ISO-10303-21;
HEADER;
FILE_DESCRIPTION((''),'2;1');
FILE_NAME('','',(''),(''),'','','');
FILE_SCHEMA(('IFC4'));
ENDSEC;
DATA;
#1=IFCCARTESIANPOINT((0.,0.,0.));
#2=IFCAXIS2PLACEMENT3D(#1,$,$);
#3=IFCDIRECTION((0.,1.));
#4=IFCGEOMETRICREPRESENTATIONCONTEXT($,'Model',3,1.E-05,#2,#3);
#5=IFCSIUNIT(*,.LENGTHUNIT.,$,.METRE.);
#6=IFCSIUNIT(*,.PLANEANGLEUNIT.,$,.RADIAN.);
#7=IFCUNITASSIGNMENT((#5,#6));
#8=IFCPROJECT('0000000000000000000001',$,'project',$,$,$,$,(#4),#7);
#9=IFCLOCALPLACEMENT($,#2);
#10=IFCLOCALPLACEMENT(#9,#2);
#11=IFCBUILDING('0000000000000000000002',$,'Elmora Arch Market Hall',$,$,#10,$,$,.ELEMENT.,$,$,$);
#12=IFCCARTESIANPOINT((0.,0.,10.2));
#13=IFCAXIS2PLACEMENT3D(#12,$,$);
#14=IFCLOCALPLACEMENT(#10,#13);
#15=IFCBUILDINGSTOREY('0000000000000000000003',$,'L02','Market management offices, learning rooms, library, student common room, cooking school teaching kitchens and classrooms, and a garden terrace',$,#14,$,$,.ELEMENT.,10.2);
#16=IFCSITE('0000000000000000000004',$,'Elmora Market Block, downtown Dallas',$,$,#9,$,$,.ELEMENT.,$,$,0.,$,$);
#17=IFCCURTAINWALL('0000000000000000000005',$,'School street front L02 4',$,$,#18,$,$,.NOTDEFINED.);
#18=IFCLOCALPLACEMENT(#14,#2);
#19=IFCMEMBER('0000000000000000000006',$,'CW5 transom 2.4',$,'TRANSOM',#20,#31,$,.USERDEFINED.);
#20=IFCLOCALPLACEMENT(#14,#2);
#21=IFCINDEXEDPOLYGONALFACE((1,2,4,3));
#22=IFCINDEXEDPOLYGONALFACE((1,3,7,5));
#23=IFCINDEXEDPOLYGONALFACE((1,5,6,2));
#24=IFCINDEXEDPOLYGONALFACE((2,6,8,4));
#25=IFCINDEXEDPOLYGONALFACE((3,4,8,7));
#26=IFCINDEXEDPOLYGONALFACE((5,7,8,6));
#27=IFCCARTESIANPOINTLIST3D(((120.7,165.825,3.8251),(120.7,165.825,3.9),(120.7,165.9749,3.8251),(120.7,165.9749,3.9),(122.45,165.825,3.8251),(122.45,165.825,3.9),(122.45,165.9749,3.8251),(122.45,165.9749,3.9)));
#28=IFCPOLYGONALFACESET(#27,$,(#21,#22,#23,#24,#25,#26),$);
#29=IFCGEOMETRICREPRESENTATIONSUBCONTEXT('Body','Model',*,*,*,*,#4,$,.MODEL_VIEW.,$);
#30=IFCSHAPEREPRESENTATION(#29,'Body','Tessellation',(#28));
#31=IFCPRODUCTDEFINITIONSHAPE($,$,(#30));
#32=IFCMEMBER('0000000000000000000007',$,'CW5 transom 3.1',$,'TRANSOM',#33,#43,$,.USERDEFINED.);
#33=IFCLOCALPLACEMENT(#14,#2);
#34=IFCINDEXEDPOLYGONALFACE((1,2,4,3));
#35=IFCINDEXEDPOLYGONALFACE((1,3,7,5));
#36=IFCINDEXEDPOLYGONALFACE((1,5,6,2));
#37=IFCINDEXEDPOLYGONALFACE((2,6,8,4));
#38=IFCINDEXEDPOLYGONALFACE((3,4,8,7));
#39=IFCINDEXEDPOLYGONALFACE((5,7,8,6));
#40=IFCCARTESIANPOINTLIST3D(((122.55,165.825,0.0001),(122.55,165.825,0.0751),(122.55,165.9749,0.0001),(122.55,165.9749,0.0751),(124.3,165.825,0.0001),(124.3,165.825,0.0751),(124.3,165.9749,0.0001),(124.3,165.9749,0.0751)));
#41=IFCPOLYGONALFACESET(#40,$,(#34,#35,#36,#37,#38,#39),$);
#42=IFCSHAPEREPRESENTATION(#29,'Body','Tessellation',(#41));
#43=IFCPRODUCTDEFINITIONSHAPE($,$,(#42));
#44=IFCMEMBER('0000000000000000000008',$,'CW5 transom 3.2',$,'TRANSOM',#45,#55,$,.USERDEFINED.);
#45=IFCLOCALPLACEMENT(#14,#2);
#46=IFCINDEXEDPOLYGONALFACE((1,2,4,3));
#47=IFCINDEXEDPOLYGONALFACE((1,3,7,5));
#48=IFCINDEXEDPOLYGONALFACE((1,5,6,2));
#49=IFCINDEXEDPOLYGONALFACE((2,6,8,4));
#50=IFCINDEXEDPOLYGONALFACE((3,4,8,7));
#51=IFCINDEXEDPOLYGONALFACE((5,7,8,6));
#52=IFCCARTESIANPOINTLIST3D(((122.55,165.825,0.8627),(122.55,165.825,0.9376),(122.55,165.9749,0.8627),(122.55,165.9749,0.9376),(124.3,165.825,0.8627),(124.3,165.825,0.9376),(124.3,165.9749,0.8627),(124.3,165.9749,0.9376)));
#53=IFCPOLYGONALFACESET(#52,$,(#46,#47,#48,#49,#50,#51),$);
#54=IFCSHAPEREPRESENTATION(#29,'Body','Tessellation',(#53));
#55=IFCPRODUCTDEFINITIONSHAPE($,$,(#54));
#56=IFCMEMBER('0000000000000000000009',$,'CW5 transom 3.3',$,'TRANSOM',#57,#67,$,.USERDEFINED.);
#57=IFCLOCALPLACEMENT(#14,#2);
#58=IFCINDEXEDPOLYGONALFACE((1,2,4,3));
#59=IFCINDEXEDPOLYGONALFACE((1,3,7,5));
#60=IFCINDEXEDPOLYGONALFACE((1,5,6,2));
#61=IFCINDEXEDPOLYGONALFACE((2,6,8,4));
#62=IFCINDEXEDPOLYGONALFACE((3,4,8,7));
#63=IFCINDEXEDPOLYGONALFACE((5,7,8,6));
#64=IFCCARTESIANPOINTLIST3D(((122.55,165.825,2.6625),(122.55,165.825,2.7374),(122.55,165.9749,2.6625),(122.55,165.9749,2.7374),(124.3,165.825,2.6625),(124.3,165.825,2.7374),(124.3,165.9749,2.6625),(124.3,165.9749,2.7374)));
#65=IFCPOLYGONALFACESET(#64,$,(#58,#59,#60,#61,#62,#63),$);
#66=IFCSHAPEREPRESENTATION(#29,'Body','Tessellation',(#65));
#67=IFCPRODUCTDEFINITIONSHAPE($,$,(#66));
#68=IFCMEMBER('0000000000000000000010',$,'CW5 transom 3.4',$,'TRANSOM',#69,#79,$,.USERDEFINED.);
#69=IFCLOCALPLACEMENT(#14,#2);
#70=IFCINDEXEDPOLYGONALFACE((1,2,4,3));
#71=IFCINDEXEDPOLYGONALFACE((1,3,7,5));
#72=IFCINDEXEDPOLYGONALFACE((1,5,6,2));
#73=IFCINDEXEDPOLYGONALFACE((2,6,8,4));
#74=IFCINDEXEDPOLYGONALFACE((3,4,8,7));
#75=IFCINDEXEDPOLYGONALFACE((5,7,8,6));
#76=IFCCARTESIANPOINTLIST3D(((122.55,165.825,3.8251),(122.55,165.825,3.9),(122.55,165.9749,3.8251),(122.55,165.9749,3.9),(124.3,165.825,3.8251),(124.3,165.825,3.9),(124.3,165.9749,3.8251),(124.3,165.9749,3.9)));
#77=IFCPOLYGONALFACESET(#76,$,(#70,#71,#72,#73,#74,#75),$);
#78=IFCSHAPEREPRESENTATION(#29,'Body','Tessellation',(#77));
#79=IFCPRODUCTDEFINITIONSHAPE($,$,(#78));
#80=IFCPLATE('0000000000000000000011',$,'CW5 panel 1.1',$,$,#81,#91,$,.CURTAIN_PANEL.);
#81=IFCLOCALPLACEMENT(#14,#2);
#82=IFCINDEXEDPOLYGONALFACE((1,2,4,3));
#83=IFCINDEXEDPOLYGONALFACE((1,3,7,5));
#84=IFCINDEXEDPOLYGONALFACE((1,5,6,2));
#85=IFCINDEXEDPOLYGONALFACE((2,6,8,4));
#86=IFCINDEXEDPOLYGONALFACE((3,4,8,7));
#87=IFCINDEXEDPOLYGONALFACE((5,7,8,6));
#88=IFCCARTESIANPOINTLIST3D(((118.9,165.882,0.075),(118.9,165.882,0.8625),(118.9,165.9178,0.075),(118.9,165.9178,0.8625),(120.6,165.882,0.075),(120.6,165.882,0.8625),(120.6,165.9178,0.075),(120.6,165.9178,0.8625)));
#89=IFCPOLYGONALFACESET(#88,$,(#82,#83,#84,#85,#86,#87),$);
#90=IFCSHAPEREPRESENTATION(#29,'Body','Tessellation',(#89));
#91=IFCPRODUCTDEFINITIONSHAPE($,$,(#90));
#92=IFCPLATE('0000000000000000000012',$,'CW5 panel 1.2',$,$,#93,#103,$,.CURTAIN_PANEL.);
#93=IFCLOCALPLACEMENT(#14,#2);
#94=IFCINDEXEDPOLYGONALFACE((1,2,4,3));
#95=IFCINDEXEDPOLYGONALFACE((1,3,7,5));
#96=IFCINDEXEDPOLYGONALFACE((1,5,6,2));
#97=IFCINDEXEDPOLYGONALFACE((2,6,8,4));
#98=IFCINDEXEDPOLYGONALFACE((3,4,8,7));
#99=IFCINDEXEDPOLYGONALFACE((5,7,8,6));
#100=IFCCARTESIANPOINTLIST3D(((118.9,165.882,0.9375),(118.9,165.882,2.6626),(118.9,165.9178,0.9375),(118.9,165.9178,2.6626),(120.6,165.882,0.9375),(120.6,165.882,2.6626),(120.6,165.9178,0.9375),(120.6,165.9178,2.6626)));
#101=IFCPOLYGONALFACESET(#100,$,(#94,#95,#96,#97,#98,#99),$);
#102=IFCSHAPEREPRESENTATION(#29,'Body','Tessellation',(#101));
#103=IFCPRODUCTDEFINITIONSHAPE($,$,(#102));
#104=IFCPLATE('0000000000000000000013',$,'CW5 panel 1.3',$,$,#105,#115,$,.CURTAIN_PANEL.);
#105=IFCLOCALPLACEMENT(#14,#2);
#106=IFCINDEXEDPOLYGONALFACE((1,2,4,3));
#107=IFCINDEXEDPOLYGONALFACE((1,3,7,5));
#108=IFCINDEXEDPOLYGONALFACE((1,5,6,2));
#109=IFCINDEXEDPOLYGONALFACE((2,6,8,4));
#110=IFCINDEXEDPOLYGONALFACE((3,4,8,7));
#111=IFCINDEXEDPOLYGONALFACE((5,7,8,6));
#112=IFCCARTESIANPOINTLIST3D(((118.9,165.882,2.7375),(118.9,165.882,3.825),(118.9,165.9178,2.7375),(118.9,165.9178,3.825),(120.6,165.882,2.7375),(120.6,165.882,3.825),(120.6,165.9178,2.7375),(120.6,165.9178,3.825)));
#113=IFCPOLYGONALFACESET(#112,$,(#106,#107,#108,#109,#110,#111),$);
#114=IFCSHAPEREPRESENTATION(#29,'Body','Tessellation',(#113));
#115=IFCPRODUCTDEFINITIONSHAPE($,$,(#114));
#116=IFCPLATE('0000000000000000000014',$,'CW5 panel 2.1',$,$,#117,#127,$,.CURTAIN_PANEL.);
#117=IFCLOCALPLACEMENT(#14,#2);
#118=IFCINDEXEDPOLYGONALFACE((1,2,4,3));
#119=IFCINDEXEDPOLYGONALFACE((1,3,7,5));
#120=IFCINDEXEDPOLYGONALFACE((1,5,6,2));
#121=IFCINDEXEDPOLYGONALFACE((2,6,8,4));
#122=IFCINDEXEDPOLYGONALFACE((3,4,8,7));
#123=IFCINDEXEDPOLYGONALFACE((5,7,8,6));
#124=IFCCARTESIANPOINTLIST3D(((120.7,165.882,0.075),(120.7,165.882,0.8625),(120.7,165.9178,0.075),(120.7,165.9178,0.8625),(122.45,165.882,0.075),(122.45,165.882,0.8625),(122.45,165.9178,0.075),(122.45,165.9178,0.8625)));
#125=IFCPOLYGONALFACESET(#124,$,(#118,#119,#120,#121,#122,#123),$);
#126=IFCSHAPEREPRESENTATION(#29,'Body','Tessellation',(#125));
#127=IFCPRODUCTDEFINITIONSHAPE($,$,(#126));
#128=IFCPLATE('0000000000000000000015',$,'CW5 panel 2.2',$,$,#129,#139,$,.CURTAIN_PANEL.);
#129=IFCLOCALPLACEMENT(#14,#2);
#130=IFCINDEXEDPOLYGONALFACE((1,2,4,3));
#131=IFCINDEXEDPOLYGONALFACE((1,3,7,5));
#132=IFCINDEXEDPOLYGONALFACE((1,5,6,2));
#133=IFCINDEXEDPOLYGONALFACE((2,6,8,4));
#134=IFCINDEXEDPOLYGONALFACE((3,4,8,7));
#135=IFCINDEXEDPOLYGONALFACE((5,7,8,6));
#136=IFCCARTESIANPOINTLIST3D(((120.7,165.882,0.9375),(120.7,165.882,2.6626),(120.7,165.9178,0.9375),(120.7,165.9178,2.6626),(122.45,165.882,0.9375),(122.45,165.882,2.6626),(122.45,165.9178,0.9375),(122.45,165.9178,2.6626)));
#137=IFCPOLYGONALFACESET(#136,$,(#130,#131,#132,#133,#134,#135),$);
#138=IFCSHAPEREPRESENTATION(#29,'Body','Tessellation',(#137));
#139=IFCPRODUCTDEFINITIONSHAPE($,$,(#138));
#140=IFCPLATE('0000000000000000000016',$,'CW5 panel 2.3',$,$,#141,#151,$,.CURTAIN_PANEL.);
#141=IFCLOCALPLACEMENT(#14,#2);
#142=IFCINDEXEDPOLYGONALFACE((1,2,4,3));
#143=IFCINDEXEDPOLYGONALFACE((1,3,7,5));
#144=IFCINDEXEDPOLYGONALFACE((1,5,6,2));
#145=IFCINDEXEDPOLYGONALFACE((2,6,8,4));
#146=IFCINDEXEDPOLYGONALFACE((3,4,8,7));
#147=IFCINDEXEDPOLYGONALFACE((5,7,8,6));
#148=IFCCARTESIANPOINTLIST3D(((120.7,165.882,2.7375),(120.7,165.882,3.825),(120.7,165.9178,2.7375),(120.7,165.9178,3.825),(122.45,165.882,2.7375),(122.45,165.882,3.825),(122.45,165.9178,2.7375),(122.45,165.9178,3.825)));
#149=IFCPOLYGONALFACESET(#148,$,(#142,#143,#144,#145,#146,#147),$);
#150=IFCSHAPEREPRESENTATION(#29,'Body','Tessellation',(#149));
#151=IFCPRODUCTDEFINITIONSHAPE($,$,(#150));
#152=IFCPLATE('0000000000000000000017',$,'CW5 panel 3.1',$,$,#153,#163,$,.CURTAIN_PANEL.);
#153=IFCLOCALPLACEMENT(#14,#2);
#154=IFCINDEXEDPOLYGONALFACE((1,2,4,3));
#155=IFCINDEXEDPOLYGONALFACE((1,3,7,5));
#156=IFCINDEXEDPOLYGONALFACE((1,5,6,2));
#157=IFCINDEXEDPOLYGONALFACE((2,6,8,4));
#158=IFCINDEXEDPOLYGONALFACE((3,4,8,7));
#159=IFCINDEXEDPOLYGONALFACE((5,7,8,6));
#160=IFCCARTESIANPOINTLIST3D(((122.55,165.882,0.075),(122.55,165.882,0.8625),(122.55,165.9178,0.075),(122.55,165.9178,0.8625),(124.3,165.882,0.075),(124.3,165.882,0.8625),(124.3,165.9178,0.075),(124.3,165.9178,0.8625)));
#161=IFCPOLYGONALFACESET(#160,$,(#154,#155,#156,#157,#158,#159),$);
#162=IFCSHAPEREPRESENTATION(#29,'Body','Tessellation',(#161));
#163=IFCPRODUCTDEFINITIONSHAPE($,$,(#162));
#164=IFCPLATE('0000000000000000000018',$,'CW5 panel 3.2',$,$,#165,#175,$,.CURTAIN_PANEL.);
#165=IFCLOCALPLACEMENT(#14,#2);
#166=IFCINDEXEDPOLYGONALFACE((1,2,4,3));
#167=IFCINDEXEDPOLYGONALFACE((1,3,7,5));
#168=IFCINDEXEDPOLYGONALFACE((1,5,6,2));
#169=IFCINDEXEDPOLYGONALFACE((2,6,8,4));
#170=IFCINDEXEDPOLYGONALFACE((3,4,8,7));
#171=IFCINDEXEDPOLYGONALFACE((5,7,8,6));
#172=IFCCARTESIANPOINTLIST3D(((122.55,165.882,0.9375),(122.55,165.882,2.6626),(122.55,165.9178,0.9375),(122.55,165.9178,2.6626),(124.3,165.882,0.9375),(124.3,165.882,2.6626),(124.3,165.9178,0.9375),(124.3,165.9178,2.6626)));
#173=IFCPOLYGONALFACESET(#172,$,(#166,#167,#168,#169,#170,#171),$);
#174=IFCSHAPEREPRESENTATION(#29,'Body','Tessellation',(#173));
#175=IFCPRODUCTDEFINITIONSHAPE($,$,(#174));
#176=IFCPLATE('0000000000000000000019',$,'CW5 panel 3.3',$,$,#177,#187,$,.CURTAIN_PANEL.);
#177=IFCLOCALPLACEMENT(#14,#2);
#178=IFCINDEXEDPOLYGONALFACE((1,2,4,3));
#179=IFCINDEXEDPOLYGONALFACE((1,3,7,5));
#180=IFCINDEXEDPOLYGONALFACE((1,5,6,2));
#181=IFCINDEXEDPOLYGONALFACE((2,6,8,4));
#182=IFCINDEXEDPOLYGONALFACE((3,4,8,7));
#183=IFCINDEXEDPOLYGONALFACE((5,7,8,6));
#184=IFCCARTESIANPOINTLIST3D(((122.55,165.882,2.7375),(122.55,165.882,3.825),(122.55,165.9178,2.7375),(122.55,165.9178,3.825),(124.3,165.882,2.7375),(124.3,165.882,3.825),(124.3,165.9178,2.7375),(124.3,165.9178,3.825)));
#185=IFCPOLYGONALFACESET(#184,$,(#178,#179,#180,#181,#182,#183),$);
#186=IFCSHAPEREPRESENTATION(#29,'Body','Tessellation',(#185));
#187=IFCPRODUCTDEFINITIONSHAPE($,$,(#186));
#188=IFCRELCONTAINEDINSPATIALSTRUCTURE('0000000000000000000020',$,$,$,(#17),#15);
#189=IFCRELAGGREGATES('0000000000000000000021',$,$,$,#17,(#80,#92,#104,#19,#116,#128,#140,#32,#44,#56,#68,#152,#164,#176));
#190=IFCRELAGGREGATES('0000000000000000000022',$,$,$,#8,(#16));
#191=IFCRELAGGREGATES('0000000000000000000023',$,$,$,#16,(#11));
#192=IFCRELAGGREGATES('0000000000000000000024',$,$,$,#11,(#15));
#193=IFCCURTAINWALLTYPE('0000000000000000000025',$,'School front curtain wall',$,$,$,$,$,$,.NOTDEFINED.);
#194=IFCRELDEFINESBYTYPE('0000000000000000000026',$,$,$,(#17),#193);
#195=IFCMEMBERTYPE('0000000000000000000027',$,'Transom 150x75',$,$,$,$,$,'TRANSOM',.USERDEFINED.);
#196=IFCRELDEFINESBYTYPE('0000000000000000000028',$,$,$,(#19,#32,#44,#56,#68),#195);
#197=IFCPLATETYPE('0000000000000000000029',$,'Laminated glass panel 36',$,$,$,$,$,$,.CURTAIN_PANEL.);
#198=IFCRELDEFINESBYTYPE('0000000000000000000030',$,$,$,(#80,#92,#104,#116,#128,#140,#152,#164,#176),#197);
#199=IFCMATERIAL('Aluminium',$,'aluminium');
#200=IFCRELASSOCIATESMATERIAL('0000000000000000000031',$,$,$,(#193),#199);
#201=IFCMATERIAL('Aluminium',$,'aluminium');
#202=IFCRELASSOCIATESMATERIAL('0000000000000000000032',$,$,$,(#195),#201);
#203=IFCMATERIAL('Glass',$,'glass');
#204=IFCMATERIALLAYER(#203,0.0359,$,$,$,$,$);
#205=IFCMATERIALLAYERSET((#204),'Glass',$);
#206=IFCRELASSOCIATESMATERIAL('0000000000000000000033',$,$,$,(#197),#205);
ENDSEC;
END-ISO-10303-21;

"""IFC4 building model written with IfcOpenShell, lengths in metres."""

from ifc_helpers import new_model, si_unit, direction, frame, origin, origin_2d, place, context, subcontext, project, spatial, rectangle, extrude, material, layer, layer_set, material_profile, profile_set, type_object, element, aggregate, save


model = new_model("IFC4")

# Units and contexts
model_context = context("Model", 3, precision=1e-05, world=origin(), true_north=direction((0.0, 1.0)))
body_context = subcontext(model_context, "Body", "Model", "MODEL_VIEW")
ifc_project = project(units=[si_unit("LENGTHUNIT", "METRE"), si_unit("PLANEANGLEUNIT", "RADIAN")], contexts=[model_context])

# Site, building, storey
site_placement = place(None, origin())
site = spatial("IfcSite", under=ifc_project, at=site_placement, Name="Elmora Market Block, downtown Dallas", CompositionType="ELEMENT", RefElevation=0.0)
building_placement = place(site_placement, origin())
building = spatial("IfcBuilding", under=site, at=building_placement, Name="Elmora Arch Market Hall", CompositionType="ELEMENT")
storey_placement = place(building_placement, frame((0.0, 0.0, 10.2)))
storey = spatial("IfcBuildingStorey", under=building, at=storey_placement, Name="L02", Description="Market management offices, learning rooms, library, student common room, cooking school teaching kitchens and classrooms, and a garden terrace", CompositionType="ELEMENT", Elevation=10.2)

# Curtain wall
ifc_material_1 = material(Name="Aluminium", Category="aluminium")
curtain_wall_type = type_object("IfcCurtainWallType", Name="School front curtain wall", PredefinedType="NOTDEFINED", material=ifc_material_1)
curtain_wall_placement = place(storey_placement, origin())
curtain_wall = element("IfcCurtainWall", 1, at=curtain_wall_placement, inside=storey, type_object=curtain_wall_type, Name="School street front L02 4", PredefinedType="NOTDEFINED")

# Members
ifc_material_2 = material(Name="Aluminium", Category="aluminium")
ifc_material_profile_1 = material_profile(ifc_material_2, rectangle(XDim=0.1499, YDim=0.075, at=origin_2d()), Name="AL 150x75")
ifc_profile_set_1 = profile_set([ifc_material_profile_1], Name="Aluminium")
member_type_1 = type_object("IfcMemberType", Name="Transom 150x75", ElementType="TRANSOM", PredefinedType="USERDEFINED", material=ifc_profile_set_1)
member_1_placement = place(storey_placement, frame((120.7, 165.8999, 3.8625), z_axis=(1.0, 0.0, 0.0), x_axis=(0.0, 1.0, 0.0)))
member_1 = element("IfcMember", 2, at=member_1_placement, type_object=member_type_1, Name="CW5 transom 2.4", ObjectType="TRANSOM", PredefinedType="USERDEFINED", context=body_context, shape_type="SweptSolid", body=[
    extrude(rectangle(XDim=0.1499, YDim=0.075, at=origin_2d()), origin(), (0.0, 0.0, 1.0), 1.75),
])
member_2_placement = place(storey_placement, frame((122.55, 165.8999, 0.0376), z_axis=(1.0, 0.0, 0.0), x_axis=(0.0, 1.0, 0.0)))
member_2 = element("IfcMember", 3, at=member_2_placement, type_object=member_type_1, Name="CW5 transom 3.1", ObjectType="TRANSOM", PredefinedType="USERDEFINED", context=body_context, shape_type="SweptSolid", body=[
    extrude(rectangle(XDim=0.1499, YDim=0.075, at=origin_2d()), origin(), (0.0, 0.0, 1.0), 1.75),
])
member_3_placement = place(storey_placement, frame((122.55, 165.8999, 0.9001), z_axis=(1.0, 0.0, 0.0), x_axis=(0.0, 1.0, 0.0)))
member_3 = element("IfcMember", 4, at=member_3_placement, type_object=member_type_1, Name="CW5 transom 3.2", ObjectType="TRANSOM", PredefinedType="USERDEFINED", context=body_context, shape_type="SweptSolid", body=[
    extrude(rectangle(XDim=0.1499, YDim=0.075, at=origin_2d()), origin(), (0.0, 0.0, 1.0), 1.75),
])
member_4_placement = place(storey_placement, frame((122.55, 165.8999, 2.7), z_axis=(1.0, 0.0, 0.0), x_axis=(0.0, 1.0, 0.0)))
member_4 = element("IfcMember", 5, at=member_4_placement, type_object=member_type_1, Name="CW5 transom 3.3", ObjectType="TRANSOM", PredefinedType="USERDEFINED", context=body_context, shape_type="SweptSolid", body=[
    extrude(rectangle(XDim=0.1499, YDim=0.075, at=origin_2d()), origin(), (0.0, 0.0, 1.0), 1.75),
])
member_5_placement = place(storey_placement, frame((122.55, 165.8999, 3.8625), z_axis=(1.0, 0.0, 0.0), x_axis=(0.0, 1.0, 0.0)))
member_5 = element("IfcMember", 6, at=member_5_placement, type_object=member_type_1, Name="CW5 transom 3.4", ObjectType="TRANSOM", PredefinedType="USERDEFINED", context=body_context, shape_type="SweptSolid", body=[
    extrude(rectangle(XDim=0.1499, YDim=0.075, at=origin_2d()), origin(), (0.0, 0.0, 1.0), 1.75),
])

# Plates
ifc_material_3 = material(Name="Glass", Category="glass")
ifc_layer_1 = layer(ifc_material_3, 0.0359)
ifc_layer_set_1 = layer_set([ifc_layer_1], Name="Glass")
plate_type = type_object("IfcPlateType", Name="Laminated glass panel 36", PredefinedType="CURTAIN_PANEL", material=ifc_layer_set_1)
plate_1_placement = place(storey_placement, frame((119.75, 165.8999, 0.075), z_axis=(0.0, 0.0, 1.0), x_axis=(1.0, 0.0, 0.0)))
plate_1 = element("IfcPlate", 7, at=plate_1_placement, type_object=plate_type, Name="CW5 panel 1.1", PredefinedType="CURTAIN_PANEL", context=body_context, shape_type="SweptSolid", body=[
    extrude(rectangle(XDim=1.7, YDim=0.0359, at=origin_2d()), origin(), (0.0, 0.0, 1.0), 0.7876),
])
plate_2_placement = place(storey_placement, frame((119.75, 165.8999, 0.9375), z_axis=(0.0, 0.0, 1.0), x_axis=(1.0, 0.0, 0.0)))
plate_2 = element("IfcPlate", 8, at=plate_2_placement, type_object=plate_type, Name="CW5 panel 1.2", PredefinedType="CURTAIN_PANEL", context=body_context, shape_type="SweptSolid", body=[
    extrude(rectangle(XDim=1.7, YDim=0.0359, at=origin_2d()), origin(), (0.0, 0.0, 1.0), 1.7251),
])
plate_3_placement = place(storey_placement, frame((119.75, 165.8999, 2.7375), z_axis=(0.0, 0.0, 1.0), x_axis=(1.0, 0.0, 0.0)))
plate_3 = element("IfcPlate", 9, at=plate_3_placement, type_object=plate_type, Name="CW5 panel 1.3", PredefinedType="CURTAIN_PANEL", context=body_context, shape_type="SweptSolid", body=[
    extrude(rectangle(XDim=1.7, YDim=0.0359, at=origin_2d()), origin(), (0.0, 0.0, 1.0), 1.0874),
])
plate_4_placement = place(storey_placement, frame((121.575, 165.8999, 0.075), z_axis=(0.0, 0.0, 1.0), x_axis=(1.0, 0.0, 0.0)))
plate_4 = element("IfcPlate", 10, at=plate_4_placement, type_object=plate_type, Name="CW5 panel 2.1", PredefinedType="CURTAIN_PANEL", context=body_context, shape_type="SweptSolid", body=[
    extrude(rectangle(XDim=1.75, YDim=0.0359, at=origin_2d()), origin(), (0.0, 0.0, 1.0), 0.7876),
])
plate_5_placement = place(storey_placement, frame((121.575, 165.8999, 0.9375), z_axis=(0.0, 0.0, 1.0), x_axis=(1.0, 0.0, 0.0)))
plate_5 = element("IfcPlate", 11, at=plate_5_placement, type_object=plate_type, Name="CW5 panel 2.2", PredefinedType="CURTAIN_PANEL", context=body_context, shape_type="SweptSolid", body=[
    extrude(rectangle(XDim=1.75, YDim=0.0359, at=origin_2d()), origin(), (0.0, 0.0, 1.0), 1.7251),
])
plate_6_placement = place(storey_placement, frame((121.575, 165.8999, 2.7375), z_axis=(0.0, 0.0, 1.0), x_axis=(1.0, 0.0, 0.0)))
plate_6 = element("IfcPlate", 12, at=plate_6_placement, type_object=plate_type, Name="CW5 panel 2.3", PredefinedType="CURTAIN_PANEL", context=body_context, shape_type="SweptSolid", body=[
    extrude(rectangle(XDim=1.75, YDim=0.0359, at=origin_2d()), origin(), (0.0, 0.0, 1.0), 1.0874),
])
plate_7_placement = place(storey_placement, frame((123.425, 165.8999, 0.075), z_axis=(0.0, 0.0, 1.0), x_axis=(1.0, 0.0, 0.0)))
plate_7 = element("IfcPlate", 13, at=plate_7_placement, type_object=plate_type, Name="CW5 panel 3.1", PredefinedType="CURTAIN_PANEL", context=body_context, shape_type="SweptSolid", body=[
    extrude(rectangle(XDim=1.75, YDim=0.0359, at=origin_2d()), origin(), (0.0, 0.0, 1.0), 0.7876),
])
plate_8_placement = place(storey_placement, frame((123.425, 165.8999, 0.9375), z_axis=(0.0, 0.0, 1.0), x_axis=(1.0, 0.0, 0.0)))
plate_8 = element("IfcPlate", 14, at=plate_8_placement, type_object=plate_type, Name="CW5 panel 3.2", PredefinedType="CURTAIN_PANEL", context=body_context, shape_type="SweptSolid", body=[
    extrude(rectangle(XDim=1.75, YDim=0.0359, at=origin_2d()), origin(), (0.0, 0.0, 1.0), 1.7251),
])
plate_9_placement = place(storey_placement, frame((123.425, 165.8999, 2.7375), z_axis=(0.0, 0.0, 1.0), x_axis=(1.0, 0.0, 0.0)))
plate_9 = element("IfcPlate", 15, at=plate_9_placement, type_object=plate_type, Name="CW5 panel 3.3", PredefinedType="CURTAIN_PANEL", context=body_context, shape_type="SweptSolid", body=[
    extrude(rectangle(XDim=1.75, YDim=0.0359, at=origin_2d()), origin(), (0.0, 0.0, 1.0), 1.0874),
])
aggregate(curtain_wall, [plate_1, plate_2, plate_3, member_1, plate_4, plate_5, plate_6, member_2, member_3, member_4, member_5, plate_7, plate_8, plate_9])

save(model, "model.ifc")
